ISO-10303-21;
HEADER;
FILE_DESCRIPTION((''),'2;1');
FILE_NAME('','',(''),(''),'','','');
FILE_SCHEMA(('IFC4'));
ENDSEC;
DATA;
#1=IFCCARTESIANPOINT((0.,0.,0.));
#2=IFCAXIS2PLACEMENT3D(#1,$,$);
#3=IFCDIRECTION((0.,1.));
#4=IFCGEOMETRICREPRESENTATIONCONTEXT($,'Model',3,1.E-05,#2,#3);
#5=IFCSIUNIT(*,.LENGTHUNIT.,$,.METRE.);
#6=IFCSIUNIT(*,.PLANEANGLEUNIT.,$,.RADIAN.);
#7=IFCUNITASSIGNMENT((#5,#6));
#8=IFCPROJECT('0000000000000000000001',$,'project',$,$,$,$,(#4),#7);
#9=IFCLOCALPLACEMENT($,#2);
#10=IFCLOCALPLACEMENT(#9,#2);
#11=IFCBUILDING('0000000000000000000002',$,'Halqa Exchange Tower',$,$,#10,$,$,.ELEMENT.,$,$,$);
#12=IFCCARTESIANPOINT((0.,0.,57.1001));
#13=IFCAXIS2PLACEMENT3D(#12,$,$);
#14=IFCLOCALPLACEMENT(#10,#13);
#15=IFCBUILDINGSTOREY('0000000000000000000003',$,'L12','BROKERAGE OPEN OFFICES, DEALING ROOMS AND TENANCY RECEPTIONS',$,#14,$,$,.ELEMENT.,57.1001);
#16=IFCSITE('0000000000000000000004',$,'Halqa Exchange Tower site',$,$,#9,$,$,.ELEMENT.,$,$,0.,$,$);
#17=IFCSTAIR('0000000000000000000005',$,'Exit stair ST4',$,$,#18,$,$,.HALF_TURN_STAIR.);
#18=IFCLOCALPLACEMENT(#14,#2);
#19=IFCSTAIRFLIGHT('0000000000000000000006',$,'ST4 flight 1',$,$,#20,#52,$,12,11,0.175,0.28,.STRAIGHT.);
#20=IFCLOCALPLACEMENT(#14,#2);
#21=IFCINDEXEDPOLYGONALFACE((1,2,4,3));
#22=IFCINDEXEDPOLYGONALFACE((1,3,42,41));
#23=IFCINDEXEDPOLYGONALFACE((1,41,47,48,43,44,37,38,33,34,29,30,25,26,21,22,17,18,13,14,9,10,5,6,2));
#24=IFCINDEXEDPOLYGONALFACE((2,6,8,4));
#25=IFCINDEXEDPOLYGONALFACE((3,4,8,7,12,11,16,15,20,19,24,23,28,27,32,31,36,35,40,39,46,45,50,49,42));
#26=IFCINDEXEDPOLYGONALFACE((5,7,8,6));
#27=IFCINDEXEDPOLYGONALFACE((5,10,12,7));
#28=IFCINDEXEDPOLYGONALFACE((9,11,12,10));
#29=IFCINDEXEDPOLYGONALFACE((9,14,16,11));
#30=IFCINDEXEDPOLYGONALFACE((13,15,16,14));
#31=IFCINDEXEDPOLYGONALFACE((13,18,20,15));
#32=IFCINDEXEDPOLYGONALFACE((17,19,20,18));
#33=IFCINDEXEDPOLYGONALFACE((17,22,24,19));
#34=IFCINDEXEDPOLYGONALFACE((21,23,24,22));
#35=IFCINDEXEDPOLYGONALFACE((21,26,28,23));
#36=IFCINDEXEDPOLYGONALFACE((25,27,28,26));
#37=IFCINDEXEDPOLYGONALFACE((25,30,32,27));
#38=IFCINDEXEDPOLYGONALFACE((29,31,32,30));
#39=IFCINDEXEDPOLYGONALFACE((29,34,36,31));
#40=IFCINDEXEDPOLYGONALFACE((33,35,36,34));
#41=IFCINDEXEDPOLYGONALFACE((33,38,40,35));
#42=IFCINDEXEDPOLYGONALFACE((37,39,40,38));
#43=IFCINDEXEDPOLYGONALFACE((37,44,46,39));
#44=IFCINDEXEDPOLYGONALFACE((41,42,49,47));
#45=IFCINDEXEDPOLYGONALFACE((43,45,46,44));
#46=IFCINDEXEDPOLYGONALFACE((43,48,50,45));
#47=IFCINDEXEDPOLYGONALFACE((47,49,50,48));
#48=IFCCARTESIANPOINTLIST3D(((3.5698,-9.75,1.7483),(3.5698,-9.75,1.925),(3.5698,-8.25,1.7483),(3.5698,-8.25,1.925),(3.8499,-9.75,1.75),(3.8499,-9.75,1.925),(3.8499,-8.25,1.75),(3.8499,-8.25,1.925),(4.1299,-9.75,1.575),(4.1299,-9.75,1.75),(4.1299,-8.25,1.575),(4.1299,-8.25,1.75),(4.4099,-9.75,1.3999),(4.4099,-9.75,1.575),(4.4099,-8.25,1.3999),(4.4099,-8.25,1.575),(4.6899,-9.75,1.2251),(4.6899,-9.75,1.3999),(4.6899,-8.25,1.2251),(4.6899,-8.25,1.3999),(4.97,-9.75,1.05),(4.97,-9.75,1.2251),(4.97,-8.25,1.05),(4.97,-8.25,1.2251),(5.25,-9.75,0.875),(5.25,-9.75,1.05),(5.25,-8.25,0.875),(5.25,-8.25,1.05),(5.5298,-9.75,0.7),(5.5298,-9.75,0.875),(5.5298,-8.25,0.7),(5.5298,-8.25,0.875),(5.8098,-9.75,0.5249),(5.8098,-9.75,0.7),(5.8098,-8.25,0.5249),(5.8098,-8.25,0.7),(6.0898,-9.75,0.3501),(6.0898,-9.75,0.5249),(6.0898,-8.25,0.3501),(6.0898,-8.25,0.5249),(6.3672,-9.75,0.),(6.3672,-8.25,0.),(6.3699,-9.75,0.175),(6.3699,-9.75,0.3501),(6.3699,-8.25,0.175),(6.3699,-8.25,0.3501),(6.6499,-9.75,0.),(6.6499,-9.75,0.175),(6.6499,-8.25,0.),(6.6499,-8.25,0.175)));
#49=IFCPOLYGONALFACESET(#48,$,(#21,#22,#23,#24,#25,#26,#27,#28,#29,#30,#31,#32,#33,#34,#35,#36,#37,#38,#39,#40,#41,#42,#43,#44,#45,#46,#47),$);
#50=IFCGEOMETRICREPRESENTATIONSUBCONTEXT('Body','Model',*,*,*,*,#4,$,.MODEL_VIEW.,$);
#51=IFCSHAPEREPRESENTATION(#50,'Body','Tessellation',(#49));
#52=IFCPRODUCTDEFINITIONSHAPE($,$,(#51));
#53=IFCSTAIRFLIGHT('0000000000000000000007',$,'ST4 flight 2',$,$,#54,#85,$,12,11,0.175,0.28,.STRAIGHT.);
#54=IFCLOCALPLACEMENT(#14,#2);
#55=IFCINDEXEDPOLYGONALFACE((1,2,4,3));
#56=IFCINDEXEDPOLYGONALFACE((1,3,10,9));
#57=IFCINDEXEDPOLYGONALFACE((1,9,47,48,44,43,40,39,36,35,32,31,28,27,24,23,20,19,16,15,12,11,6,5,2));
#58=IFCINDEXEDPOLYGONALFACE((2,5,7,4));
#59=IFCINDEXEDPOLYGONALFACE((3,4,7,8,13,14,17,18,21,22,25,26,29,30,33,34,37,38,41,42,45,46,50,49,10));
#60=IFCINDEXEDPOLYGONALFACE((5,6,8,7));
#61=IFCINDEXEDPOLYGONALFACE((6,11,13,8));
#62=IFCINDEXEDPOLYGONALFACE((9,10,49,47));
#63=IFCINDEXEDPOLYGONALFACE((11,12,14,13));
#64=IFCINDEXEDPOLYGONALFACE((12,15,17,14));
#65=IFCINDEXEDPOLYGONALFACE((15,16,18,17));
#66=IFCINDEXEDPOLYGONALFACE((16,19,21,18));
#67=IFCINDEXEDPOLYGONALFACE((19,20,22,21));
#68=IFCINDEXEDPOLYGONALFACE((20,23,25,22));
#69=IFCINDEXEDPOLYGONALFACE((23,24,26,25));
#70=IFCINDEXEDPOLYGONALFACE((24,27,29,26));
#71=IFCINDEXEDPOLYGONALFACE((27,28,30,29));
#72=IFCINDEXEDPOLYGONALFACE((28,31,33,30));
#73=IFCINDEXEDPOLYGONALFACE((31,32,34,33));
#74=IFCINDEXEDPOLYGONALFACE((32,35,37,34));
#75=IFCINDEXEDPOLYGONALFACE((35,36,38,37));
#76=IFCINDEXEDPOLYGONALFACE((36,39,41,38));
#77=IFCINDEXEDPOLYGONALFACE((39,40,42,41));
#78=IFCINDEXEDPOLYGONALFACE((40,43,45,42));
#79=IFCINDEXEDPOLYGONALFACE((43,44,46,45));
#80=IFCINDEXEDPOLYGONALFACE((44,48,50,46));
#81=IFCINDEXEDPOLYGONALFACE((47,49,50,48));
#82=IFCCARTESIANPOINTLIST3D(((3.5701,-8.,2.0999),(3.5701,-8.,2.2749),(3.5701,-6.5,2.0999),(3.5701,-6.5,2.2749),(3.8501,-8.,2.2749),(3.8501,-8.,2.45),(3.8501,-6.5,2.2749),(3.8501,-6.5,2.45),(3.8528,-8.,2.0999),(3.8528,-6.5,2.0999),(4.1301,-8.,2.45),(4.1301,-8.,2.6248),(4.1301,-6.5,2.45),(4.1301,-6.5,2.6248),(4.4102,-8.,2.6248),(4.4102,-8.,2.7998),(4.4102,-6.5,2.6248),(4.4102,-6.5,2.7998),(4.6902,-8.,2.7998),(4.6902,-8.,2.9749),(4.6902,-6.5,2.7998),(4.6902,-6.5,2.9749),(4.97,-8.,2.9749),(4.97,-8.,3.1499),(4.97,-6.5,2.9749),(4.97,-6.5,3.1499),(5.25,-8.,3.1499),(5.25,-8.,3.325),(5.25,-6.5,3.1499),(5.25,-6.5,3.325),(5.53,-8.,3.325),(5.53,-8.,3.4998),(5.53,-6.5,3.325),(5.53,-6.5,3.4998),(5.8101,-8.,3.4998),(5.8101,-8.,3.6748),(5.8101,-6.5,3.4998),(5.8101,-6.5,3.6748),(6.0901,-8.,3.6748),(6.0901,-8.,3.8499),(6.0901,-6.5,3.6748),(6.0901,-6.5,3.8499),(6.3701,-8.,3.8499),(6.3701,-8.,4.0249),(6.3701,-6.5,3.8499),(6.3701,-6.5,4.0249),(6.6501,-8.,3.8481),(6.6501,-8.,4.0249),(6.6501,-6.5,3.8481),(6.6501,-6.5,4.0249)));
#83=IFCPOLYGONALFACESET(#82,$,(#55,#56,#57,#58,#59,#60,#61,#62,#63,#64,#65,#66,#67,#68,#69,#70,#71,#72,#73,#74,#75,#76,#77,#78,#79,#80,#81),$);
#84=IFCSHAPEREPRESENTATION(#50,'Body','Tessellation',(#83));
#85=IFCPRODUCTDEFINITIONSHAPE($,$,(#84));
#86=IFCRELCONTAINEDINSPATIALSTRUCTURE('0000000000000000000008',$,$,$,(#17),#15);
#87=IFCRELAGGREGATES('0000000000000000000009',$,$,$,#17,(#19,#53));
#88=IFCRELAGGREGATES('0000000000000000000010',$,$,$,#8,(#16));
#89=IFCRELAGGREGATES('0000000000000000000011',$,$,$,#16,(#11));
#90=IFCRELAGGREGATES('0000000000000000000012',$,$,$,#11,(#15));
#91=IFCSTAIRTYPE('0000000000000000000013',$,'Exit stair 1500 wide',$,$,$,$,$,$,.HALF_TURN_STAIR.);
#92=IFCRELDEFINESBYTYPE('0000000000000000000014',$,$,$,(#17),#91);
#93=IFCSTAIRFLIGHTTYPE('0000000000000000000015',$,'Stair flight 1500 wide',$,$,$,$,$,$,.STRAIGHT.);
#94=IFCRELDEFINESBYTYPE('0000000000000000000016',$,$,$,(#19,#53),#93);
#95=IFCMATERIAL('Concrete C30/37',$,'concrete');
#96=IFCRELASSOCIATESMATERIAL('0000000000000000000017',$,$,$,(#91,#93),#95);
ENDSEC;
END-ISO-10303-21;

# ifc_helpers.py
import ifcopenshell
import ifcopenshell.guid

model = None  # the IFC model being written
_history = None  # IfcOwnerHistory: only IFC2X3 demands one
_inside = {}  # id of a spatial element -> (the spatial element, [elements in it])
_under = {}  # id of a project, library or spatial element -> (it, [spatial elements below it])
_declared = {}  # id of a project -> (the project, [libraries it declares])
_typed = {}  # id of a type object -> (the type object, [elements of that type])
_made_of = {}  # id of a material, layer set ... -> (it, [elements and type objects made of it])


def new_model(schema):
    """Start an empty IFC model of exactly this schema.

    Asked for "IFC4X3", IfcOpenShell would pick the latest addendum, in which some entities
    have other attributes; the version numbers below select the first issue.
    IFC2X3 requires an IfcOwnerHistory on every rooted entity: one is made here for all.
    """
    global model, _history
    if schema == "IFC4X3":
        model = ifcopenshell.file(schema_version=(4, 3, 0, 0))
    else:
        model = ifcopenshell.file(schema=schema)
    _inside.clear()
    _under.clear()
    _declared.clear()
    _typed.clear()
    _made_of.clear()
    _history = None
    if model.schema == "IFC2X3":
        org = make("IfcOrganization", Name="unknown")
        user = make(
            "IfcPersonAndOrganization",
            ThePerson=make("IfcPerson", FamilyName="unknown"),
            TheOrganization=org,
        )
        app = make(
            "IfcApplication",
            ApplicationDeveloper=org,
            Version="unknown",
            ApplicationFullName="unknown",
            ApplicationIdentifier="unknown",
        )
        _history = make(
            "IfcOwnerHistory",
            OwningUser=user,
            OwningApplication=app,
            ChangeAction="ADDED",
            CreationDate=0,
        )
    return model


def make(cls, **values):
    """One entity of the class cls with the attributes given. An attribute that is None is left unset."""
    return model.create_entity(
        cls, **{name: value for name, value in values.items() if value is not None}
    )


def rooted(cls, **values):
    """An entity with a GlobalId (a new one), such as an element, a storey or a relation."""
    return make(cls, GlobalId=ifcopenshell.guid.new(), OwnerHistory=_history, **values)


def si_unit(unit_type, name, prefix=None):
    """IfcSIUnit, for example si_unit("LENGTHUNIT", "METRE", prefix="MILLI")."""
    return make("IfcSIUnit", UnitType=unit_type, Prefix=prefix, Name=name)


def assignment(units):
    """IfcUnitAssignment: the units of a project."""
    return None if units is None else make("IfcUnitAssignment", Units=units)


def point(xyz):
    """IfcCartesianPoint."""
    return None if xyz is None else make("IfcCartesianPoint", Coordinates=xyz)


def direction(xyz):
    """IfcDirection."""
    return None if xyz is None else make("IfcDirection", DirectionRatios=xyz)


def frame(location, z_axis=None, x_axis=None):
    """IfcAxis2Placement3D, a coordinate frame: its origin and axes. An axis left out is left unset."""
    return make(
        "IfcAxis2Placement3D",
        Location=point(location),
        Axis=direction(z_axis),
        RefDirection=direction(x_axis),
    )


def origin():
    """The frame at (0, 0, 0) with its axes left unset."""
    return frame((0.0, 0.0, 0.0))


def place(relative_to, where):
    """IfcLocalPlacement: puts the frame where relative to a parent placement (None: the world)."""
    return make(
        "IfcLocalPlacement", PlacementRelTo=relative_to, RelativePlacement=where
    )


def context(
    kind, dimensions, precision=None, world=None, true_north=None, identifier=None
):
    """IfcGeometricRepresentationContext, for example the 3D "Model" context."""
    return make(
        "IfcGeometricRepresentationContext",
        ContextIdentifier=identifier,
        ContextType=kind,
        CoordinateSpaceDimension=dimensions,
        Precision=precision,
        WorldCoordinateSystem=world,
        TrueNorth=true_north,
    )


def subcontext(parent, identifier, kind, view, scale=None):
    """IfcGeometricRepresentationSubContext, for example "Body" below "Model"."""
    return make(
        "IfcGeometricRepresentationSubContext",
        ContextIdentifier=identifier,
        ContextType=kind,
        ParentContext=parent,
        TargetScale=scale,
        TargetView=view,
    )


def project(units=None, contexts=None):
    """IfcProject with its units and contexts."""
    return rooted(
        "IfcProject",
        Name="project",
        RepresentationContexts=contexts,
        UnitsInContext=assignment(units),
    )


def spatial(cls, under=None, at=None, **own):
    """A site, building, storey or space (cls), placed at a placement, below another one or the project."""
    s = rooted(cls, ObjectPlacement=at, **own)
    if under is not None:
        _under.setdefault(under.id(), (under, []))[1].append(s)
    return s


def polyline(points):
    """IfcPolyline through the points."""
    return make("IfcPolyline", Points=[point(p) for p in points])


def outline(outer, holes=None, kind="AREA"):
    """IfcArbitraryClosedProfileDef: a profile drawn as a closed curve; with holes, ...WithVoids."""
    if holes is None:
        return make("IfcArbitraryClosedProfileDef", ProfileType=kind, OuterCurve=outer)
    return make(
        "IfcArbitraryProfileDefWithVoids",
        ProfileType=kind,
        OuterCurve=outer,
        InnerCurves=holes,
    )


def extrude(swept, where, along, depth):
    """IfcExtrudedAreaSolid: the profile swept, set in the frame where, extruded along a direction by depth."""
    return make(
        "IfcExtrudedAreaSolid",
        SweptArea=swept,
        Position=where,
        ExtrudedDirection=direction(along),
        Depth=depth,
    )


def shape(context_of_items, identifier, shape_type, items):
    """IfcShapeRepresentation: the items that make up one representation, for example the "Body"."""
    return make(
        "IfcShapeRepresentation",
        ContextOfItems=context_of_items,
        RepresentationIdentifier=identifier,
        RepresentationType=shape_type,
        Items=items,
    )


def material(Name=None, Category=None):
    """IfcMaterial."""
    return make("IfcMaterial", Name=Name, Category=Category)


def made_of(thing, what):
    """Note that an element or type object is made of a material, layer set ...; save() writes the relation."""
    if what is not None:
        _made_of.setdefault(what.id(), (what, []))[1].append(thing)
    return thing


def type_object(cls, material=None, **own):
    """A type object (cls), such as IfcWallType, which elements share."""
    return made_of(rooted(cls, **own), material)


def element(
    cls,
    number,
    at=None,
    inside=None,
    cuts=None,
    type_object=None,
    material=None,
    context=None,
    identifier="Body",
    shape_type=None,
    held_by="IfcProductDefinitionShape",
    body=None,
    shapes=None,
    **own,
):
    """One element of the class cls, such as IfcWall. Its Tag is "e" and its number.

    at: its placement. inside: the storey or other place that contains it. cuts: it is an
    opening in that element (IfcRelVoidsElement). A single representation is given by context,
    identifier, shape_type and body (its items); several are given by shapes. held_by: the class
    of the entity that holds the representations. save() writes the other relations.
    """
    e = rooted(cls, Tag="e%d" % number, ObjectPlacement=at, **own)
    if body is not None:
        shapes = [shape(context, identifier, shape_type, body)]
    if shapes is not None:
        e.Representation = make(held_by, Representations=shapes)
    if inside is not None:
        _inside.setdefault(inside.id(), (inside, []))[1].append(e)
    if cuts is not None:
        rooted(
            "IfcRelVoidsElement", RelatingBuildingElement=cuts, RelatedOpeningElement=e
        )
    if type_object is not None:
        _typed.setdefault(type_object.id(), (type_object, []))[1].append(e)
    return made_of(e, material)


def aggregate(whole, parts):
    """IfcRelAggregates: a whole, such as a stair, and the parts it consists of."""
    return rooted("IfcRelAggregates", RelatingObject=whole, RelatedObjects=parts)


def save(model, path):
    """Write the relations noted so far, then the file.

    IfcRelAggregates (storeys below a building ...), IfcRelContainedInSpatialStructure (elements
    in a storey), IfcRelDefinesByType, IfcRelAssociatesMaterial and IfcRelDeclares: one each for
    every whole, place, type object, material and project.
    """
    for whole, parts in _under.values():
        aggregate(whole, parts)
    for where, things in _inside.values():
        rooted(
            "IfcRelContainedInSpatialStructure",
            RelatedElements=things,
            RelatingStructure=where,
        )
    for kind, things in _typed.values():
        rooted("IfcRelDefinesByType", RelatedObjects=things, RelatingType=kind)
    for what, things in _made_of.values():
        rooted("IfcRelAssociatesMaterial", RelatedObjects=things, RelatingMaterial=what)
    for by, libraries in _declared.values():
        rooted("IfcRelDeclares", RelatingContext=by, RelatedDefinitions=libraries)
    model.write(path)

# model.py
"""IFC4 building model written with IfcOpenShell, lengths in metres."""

from ifc_helpers import new_model, si_unit, direction, frame, origin, place, context, subcontext, project, spatial, polyline, outline, extrude, material, type_object, element, aggregate, save


model = new_model("IFC4")

# Units and contexts
model_context = context("Model", 3, precision=1e-05, world=origin(), true_north=direction((0.0, 1.0)))
body_context = subcontext(model_context, "Body", "Model", "MODEL_VIEW")
ifc_project = project(units=[si_unit("LENGTHUNIT", "METRE"), si_unit("PLANEANGLEUNIT", "RADIAN")], contexts=[model_context])

# Site, building, storey
site_placement = place(None, origin())
site = spatial("IfcSite", under=ifc_project, at=site_placement, Name="Halqa Exchange Tower site", CompositionType="ELEMENT", RefElevation=0.0)
building_placement = place(site_placement, origin())
building = spatial("IfcBuilding", under=site, at=building_placement, Name="Halqa Exchange Tower", CompositionType="ELEMENT")
storey_placement = place(building_placement, frame((0.0, 0.0, 57.1001)))
storey = spatial("IfcBuildingStorey", under=building, at=storey_placement, Name="L12", Description="BROKERAGE OPEN OFFICES, DEALING ROOMS AND TENANCY RECEPTIONS", CompositionType="ELEMENT", Elevation=57.1001)

# Shared definitions
ifc_material_1 = material(Name="Concrete C30/37", Category="concrete")

# Stair, stair flights
stair_type = type_object("IfcStairType", Name="Exit stair 1500 wide", PredefinedType="HALF_TURN_STAIR", material=ifc_material_1)
stair_placement = place(storey_placement, origin())
stair = element("IfcStair", 1, at=stair_placement, inside=storey, type_object=stair_type, Name="Exit stair ST4", PredefinedType="HALF_TURN_STAIR")
stair_flight_type = type_object("IfcStairFlightType", Name="Stair flight 1500 wide", PredefinedType="STRAIGHT", material=ifc_material_1)
stair_flight_1_placement = place(storey_placement, frame((6.6499, -9.0, 0.0), z_axis=(0.0, 0.0, 1.0), x_axis=(-1.0, 0.0, 0.0)))
stair_flight_1 = element("IfcStairFlight", 2, at=stair_flight_1_placement, type_object=stair_flight_type, Name="ST4 flight 1", NumberOfRisers=12, NumberOfTreads=11, PredefinedType="STRAIGHT", RiserHeight=0.175, TreadLength=0.28, context=body_context, shape_type="SweptSolid", body=[
    extrude(outline(polyline([(0.0, 0.0), (0.0, 0.175), (0.28, 0.175), (0.28, 0.3501), (0.5601, 0.3501), (0.5601, 0.5249), (0.8401, 0.5249), (0.8401, 0.7), (1.1201, 0.7), (1.1201, 0.875), (1.3999, 0.875), (1.3999, 1.05), (1.6799, 1.05), (1.6799, 1.2251), (1.96, 1.2251), (1.96, 1.3999), (2.24, 1.3999), (2.24, 1.575), (2.52, 1.575), (2.52, 1.75), (2.8, 1.75), (2.8, 1.925), (3.0801, 1.925), (3.0801, 2.1001), (3.0801, 1.7483), (0.2827, 0.0), (0.0, 0.0)])), frame((0.0, 0.75, 0.0), z_axis=(0.0, -1.0, 0.0), x_axis=(1.0, 0.0, 0.0)), (0.0, 0.0, 1.0), 1.5),
])
stair_flight_2_placement = place(storey_placement, frame((3.5701, -7.25, 2.0999), z_axis=(0.0, 0.0, 1.0), x_axis=(1.0, 0.0, 0.0)))
stair_flight_2 = element("IfcStairFlight", 3, at=stair_flight_2_placement, type_object=stair_flight_type, Name="ST4 flight 2", NumberOfRisers=12, NumberOfTreads=11, PredefinedType="STRAIGHT", RiserHeight=0.175, TreadLength=0.28, context=body_context, shape_type="SweptSolid", body=[
    extrude(outline(polyline([(0.0, 0.0), (0.0, 0.175), (0.28, 0.175), (0.28, 0.3501), (0.5601, 0.3501), (0.5601, 0.5249), (0.8401, 0.5249), (0.8401, 0.7), (1.1201, 0.7), (1.1201, 0.875), (1.3999, 0.875), (1.3999, 1.05), (1.6799, 1.05), (1.6799, 1.2251), (1.96, 1.2251), (1.96, 1.3999), (2.24, 1.3999), (2.24, 1.575), (2.52, 1.575), (2.52, 1.75), (2.8, 1.75), (2.8, 1.925), (3.0801, 1.925), (3.0801, 2.1001), (3.0801, 1.7483), (0.2827, 0.0), (0.0, 0.0)])), frame((0.0, 0.75, 0.0), z_axis=(0.0, -1.0, 0.0), x_axis=(1.0, 0.0, 0.0)), (0.0, 0.0, 1.0), 1.5),
])
aggregate(stair, [stair_flight_1, stair_flight_2])

save(model, "model.ifc")
